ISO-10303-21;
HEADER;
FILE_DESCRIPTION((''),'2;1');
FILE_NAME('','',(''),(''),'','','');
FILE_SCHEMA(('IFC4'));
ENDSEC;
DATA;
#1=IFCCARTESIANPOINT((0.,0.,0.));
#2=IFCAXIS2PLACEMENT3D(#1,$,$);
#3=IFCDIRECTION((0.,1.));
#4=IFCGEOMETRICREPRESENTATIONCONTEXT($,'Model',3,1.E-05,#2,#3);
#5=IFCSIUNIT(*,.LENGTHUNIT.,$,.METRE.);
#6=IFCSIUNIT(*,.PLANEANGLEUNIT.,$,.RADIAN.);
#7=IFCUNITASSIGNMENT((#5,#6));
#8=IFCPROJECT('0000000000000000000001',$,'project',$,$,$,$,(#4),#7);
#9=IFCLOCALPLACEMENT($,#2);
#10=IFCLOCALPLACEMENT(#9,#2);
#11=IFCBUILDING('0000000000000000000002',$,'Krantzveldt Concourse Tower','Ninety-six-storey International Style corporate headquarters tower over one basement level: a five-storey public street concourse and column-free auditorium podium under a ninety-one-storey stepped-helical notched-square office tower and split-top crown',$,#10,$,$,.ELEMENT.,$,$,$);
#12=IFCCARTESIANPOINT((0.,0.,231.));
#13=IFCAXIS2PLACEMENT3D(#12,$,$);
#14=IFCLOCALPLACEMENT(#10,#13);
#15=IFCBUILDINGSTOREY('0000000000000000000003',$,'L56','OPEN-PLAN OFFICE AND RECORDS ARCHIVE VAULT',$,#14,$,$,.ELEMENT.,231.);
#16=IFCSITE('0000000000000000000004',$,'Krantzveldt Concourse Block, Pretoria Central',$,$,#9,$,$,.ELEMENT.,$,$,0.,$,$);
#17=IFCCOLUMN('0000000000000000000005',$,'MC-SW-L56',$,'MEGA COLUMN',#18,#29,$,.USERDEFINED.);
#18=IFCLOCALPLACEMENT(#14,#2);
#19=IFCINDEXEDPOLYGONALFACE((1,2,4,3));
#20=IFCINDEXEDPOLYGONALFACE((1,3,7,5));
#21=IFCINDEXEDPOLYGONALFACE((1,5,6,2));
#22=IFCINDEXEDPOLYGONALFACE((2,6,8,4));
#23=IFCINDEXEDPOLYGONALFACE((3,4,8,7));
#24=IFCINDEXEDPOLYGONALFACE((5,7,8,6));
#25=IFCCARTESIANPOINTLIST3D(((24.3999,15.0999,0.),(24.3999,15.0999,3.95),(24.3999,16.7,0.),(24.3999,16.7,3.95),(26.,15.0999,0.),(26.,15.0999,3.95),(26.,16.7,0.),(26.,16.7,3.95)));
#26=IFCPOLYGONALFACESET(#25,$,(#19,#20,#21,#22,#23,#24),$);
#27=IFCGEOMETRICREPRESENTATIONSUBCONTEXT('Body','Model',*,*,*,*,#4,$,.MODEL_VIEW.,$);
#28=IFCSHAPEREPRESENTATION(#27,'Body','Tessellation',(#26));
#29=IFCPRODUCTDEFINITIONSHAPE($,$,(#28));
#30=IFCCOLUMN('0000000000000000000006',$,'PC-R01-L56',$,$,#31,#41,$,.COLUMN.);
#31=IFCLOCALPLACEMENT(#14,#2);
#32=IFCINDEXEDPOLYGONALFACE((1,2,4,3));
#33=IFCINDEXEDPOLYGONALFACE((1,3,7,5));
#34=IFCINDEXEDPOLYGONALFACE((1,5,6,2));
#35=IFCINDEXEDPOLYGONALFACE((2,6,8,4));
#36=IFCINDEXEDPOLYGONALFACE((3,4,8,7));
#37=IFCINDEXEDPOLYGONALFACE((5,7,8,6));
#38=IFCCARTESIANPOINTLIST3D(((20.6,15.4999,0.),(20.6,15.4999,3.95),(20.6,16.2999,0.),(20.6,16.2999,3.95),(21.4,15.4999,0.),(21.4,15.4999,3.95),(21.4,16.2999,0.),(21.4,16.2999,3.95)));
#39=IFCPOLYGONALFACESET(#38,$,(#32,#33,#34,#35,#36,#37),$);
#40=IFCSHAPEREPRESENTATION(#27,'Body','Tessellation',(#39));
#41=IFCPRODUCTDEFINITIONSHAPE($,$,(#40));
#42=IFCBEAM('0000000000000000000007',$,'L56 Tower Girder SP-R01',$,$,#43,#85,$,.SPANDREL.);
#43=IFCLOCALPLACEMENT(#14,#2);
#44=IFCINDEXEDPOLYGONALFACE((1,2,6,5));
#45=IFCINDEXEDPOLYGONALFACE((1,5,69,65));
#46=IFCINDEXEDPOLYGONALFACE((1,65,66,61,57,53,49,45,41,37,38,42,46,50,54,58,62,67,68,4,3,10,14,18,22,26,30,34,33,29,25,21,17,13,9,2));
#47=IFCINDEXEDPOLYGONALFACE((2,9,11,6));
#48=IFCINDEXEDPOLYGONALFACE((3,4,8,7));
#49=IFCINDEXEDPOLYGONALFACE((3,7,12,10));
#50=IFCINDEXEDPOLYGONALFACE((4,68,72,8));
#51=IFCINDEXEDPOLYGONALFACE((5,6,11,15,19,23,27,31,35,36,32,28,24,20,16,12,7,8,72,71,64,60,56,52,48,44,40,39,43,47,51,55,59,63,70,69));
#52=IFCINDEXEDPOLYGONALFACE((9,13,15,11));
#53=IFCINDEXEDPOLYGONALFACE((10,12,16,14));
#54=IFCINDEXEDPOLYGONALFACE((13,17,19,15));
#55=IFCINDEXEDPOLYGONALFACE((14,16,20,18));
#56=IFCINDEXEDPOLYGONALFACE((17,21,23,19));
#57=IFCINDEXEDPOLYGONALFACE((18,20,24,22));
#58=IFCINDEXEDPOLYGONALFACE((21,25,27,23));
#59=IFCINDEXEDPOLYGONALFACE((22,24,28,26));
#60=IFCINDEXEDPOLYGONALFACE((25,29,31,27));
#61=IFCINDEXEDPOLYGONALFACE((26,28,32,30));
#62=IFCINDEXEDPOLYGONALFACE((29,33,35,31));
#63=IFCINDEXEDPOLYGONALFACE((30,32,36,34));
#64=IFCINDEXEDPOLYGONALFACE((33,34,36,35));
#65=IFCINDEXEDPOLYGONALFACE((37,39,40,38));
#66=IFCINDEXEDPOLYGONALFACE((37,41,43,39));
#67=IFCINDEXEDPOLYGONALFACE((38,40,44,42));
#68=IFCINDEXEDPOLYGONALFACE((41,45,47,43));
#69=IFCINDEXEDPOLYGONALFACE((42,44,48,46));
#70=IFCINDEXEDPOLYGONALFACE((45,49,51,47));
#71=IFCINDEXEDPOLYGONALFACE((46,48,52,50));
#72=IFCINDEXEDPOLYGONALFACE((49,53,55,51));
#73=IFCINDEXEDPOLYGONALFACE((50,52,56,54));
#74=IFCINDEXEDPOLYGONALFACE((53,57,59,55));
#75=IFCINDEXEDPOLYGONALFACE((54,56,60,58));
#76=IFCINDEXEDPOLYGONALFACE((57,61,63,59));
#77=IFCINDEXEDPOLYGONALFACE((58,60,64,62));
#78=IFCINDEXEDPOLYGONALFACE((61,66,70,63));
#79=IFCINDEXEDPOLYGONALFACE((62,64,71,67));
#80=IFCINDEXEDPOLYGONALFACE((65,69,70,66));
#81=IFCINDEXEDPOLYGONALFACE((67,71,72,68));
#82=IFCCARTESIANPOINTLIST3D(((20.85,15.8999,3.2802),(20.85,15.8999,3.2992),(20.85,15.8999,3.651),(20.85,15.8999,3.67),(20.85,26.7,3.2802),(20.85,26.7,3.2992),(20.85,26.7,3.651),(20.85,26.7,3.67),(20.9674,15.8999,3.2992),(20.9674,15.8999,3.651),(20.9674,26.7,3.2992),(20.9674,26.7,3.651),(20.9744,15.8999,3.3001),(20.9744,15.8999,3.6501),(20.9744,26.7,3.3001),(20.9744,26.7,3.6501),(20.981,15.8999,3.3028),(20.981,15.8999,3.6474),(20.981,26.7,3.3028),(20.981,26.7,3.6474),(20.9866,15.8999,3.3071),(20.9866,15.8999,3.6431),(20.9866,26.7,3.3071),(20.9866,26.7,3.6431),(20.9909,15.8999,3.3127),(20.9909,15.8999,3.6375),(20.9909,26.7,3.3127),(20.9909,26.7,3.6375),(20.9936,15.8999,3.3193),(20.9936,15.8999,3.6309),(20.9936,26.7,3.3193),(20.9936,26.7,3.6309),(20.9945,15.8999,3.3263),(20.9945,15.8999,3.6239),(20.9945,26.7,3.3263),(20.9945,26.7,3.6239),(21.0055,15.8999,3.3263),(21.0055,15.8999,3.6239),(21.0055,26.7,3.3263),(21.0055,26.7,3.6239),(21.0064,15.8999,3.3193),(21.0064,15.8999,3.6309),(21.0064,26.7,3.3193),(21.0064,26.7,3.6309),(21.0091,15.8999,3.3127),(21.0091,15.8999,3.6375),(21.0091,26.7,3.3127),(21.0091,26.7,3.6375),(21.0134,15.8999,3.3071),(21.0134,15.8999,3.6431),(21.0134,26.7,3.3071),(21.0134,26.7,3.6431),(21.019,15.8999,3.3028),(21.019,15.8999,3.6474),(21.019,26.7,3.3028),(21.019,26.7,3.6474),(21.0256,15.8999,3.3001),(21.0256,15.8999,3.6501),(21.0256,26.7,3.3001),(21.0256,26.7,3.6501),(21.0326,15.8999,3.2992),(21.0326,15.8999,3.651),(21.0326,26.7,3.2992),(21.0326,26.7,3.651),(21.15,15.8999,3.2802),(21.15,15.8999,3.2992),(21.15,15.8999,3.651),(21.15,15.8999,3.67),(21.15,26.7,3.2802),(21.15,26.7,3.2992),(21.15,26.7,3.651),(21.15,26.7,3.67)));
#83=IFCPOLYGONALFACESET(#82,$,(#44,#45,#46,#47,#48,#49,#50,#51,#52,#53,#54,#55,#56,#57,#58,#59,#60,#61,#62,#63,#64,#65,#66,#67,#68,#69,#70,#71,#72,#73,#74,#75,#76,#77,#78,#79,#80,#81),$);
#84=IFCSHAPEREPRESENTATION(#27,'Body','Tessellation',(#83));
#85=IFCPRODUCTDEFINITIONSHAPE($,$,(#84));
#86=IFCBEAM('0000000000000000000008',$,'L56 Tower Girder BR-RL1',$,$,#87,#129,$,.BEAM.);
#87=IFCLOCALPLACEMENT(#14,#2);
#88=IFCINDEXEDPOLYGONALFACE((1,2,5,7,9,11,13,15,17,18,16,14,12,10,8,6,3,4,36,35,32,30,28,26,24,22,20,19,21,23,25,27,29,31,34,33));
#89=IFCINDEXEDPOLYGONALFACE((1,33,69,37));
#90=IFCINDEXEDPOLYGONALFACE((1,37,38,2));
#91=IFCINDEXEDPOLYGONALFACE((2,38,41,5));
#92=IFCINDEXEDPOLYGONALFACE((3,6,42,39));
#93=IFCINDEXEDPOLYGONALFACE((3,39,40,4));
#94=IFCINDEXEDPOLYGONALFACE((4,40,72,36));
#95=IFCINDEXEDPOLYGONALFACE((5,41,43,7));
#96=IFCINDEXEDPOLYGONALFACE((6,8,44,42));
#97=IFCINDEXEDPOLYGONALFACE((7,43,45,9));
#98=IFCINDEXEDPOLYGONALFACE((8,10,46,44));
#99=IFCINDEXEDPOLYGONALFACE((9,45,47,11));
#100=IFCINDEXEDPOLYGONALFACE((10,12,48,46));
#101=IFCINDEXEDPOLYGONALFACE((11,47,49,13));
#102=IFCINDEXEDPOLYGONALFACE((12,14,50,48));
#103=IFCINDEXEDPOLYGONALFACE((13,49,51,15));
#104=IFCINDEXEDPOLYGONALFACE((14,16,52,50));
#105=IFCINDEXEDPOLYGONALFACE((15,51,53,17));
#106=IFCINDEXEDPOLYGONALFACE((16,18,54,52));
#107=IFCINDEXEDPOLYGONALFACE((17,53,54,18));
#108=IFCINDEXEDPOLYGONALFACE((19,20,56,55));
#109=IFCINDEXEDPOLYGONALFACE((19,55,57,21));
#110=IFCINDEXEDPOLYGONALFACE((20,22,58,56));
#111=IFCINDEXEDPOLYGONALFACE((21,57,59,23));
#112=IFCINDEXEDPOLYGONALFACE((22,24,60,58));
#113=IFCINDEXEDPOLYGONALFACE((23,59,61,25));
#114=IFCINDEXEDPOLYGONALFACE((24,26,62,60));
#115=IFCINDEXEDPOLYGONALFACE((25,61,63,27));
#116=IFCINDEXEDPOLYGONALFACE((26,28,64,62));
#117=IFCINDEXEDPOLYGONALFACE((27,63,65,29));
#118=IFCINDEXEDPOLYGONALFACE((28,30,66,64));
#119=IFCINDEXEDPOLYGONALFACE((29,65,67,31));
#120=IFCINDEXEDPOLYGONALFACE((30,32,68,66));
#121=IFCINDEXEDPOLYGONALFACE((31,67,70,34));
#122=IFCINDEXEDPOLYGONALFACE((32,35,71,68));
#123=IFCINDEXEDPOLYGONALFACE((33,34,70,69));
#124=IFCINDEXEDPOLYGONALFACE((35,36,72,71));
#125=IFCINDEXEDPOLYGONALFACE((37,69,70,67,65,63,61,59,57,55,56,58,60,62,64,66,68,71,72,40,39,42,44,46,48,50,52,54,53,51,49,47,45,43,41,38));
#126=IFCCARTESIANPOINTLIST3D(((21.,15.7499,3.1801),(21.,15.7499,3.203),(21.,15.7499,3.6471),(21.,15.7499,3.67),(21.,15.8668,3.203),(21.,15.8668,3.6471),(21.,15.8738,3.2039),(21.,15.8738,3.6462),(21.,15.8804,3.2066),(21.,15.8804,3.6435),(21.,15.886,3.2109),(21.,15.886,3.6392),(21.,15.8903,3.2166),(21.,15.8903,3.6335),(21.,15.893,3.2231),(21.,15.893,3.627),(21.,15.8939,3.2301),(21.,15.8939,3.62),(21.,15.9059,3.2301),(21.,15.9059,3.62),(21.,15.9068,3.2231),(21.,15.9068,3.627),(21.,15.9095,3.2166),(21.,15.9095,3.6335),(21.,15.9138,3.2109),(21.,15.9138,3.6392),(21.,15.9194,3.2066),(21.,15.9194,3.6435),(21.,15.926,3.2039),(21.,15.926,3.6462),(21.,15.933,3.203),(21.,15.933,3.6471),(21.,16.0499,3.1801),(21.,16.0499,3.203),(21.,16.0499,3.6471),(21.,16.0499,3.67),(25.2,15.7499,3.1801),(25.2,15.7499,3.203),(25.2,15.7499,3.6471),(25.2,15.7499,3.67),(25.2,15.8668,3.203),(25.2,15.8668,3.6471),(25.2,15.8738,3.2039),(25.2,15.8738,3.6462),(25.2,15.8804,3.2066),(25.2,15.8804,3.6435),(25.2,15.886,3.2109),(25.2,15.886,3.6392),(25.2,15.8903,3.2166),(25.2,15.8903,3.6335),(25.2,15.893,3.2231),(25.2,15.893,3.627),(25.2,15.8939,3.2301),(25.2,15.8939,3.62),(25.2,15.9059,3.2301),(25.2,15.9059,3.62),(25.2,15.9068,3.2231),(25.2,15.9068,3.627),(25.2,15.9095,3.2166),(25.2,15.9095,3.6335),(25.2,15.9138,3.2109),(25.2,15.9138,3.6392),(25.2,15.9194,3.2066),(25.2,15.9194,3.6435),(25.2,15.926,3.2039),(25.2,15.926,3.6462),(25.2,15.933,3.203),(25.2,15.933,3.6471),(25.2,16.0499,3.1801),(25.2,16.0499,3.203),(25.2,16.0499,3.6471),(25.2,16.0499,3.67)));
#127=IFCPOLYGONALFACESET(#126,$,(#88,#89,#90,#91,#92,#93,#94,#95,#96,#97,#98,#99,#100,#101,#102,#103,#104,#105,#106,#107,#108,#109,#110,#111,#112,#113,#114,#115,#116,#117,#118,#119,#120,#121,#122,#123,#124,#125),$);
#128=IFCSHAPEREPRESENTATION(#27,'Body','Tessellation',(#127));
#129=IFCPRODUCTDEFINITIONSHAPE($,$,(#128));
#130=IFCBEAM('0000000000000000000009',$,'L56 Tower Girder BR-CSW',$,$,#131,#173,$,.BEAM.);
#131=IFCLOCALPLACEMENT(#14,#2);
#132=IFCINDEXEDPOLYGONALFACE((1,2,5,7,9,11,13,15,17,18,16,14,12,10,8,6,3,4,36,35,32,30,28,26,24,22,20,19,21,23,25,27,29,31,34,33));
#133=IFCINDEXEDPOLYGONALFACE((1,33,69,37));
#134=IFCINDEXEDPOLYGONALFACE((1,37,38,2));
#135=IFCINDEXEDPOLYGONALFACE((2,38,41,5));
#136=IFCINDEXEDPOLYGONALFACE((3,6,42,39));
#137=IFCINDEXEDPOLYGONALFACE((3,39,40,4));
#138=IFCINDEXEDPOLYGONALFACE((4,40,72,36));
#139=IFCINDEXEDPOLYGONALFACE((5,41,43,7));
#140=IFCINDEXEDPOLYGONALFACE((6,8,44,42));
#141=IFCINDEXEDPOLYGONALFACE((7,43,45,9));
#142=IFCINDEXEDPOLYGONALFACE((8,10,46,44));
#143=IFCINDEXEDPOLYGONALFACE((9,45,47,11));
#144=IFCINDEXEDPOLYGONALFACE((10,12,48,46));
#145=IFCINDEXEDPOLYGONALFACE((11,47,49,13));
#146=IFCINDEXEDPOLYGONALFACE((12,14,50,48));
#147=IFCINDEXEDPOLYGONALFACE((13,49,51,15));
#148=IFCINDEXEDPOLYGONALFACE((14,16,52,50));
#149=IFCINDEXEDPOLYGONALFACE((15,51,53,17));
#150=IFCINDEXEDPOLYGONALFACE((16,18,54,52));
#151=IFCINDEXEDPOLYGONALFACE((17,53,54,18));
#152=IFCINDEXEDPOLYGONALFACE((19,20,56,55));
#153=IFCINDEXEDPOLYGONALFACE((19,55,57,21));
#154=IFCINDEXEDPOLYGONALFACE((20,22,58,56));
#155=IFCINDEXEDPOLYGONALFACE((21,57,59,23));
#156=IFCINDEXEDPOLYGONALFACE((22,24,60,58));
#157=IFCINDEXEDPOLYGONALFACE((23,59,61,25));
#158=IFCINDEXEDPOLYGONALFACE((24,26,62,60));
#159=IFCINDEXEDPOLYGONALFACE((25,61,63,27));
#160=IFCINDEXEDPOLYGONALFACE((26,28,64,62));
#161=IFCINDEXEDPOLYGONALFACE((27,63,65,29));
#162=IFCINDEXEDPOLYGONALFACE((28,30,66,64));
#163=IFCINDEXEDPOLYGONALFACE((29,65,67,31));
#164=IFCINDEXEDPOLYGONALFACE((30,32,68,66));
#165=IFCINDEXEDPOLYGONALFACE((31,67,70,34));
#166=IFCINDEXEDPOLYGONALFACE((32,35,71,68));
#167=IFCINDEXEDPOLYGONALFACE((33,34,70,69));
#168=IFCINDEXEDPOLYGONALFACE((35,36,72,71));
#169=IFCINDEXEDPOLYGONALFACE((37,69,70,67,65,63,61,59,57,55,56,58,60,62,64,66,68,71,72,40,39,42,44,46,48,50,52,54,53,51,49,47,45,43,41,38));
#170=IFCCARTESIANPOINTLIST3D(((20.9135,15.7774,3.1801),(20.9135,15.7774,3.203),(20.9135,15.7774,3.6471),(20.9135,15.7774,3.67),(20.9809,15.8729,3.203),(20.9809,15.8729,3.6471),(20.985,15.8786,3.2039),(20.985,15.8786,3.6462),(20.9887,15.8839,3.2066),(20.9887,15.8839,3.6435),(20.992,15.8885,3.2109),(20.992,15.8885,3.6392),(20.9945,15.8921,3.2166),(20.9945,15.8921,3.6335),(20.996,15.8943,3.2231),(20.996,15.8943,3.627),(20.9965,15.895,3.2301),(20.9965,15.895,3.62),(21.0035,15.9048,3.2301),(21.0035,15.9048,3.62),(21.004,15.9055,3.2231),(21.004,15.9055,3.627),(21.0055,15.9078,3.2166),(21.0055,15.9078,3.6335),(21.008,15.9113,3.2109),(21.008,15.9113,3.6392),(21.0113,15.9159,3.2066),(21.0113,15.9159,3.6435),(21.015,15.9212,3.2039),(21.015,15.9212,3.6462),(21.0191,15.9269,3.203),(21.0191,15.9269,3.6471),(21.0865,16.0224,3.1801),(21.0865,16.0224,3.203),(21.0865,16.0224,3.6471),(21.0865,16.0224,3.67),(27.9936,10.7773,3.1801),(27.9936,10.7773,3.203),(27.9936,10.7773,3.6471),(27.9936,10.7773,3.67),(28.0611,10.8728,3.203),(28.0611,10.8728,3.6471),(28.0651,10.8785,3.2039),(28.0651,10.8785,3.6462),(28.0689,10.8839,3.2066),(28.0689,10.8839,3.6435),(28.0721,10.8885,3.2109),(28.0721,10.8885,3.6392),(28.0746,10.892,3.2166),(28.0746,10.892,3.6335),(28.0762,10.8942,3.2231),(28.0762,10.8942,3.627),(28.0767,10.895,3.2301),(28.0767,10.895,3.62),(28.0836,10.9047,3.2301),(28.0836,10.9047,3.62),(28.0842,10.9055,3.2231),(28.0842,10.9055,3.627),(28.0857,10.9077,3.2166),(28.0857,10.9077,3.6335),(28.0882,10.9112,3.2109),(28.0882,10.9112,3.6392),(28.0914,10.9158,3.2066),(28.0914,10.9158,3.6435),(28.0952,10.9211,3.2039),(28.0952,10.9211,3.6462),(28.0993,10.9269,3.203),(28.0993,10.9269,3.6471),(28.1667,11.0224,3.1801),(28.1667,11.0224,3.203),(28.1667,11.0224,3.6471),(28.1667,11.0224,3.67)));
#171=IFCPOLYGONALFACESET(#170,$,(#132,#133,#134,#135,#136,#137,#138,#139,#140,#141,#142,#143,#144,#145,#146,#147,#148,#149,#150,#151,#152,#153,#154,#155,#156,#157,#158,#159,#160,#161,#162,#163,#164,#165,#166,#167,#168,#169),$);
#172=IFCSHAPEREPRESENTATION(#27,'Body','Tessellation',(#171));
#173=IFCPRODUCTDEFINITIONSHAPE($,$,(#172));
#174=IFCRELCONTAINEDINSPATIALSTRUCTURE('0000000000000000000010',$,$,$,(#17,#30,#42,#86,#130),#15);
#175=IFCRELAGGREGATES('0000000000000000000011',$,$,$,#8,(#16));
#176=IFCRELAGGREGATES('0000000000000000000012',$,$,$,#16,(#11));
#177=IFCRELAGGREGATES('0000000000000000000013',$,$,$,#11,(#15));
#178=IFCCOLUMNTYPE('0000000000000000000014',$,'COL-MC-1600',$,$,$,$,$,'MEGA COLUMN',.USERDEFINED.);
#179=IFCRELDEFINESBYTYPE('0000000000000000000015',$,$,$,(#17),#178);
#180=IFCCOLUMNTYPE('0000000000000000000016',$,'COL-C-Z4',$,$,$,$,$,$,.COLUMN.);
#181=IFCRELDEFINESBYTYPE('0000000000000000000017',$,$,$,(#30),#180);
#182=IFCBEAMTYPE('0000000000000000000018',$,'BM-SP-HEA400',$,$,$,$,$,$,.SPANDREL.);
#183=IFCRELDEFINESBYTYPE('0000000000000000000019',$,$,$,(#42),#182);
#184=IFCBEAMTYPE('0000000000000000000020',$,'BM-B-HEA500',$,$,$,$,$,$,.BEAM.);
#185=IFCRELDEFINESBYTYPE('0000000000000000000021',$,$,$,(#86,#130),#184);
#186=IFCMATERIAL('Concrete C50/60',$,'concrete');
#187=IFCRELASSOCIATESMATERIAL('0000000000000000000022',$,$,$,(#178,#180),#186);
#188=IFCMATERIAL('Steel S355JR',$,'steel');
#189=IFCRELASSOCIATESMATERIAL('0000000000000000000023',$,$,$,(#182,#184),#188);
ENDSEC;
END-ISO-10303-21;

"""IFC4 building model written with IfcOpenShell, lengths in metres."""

from ifc_helpers import new_model, si_unit, direction, frame, origin, origin_2d, place, context, subcontext, project, spatial, rectangle, i_section, extrude, source, transform, mapped, material, material_profile, profile_set, type_object, type_shapes, element, save


model = new_model("IFC4")

# Units and contexts
model_context = context("Model", 3, precision=1e-05, world=origin(), true_north=direction((0.0, 1.0)))
body_context = subcontext(model_context, "Body", "Model", "MODEL_VIEW")
ifc_project = project(units=[si_unit("LENGTHUNIT", "METRE"), si_unit("PLANEANGLEUNIT", "RADIAN")], contexts=[model_context])

# Site, building, storey
site_placement = place(None, origin())
site = spatial("IfcSite", under=ifc_project, at=site_placement, Name="Krantzveldt Concourse Block, Pretoria Central", CompositionType="ELEMENT", RefElevation=0.0)
building_placement = place(site_placement, origin())
building = spatial("IfcBuilding", under=site, at=building_placement, Name="Krantzveldt Concourse Tower", Description="Ninety-six-storey International Style corporate headquarters tower over one basement level: a five-storey public street concourse and column-free auditorium podium under a ninety-one-storey stepped-helical notched-square office tower and split-top crown", CompositionType="ELEMENT")
storey_placement = place(building_placement, frame((0.0, 0.0, 231.0)))
storey = spatial("IfcBuildingStorey", under=building, at=storey_placement, Name="L56", Description="OPEN-PLAN OFFICE AND RECORDS ARCHIVE VAULT", CompositionType="ELEMENT", Elevation=231.0)

# Columns
ifc_material_1 = material(Name="Concrete C50/60", Category="concrete")
ifc_material_profile_1 = material_profile(ifc_material_1, rectangle(XDim=1.6001, YDim=1.6001, at=origin_2d()), Name="Concrete C50/60", Category="concrete")
ifc_profile_set_1 = profile_set([ifc_material_profile_1], Name="Concrete C50/60 - RC 1600x1600")
column_type_1 = type_object("IfcColumnType", Name="COL-MC-1600", ElementType="MEGA COLUMN", PredefinedType="USERDEFINED", material=ifc_profile_set_1)
shared_shape_1 = source(origin(), body_context, "Body", "SweptSolid", [
    extrude(rectangle(XDim=1.6001, YDim=1.6001, at=origin_2d()), origin(), (0.0, 0.0, 1.0), 3.95),
])
type_shapes(column_type_1, [shared_shape_1])
column_1_placement = place(storey_placement, frame((25.2, 15.8999, 0.0), z_axis=(0.0, 0.0, 1.0), x_axis=(1.0, 0.0, 0.0)))
element("IfcColumn", 1, at=column_1_placement, inside=storey, type_object=column_type_1, Name="MC-SW-L56", ObjectType="MEGA COLUMN", PredefinedType="USERDEFINED", context=body_context, shape_type="MappedRepresentation", body=[
    mapped(shared_shape_1, transform((0.0, 0.0, 0.0), x_axis=(1.0, 0.0, 0.0), y_axis=(0.0, 1.0, 0.0), z_axis=(0.0, 0.0, 1.0), scale=1.0)),
])
ifc_material_profile_2 = material_profile(ifc_material_1, rectangle(XDim=0.8, YDim=0.8, at=origin_2d()), Name="Concrete C50/60", Category="concrete")
ifc_profile_set_2 = profile_set([ifc_material_profile_2], Name="Concrete C50/60 - RC 800x800")
column_type_2 = type_object("IfcColumnType", Name="COL-C-Z4", PredefinedType="COLUMN", material=ifc_profile_set_2)
shared_shape_2 = source(origin(), body_context, "Body", "SweptSolid", [
    extrude(rectangle(XDim=0.8, YDim=0.8, at=origin_2d()), origin(), (0.0, 0.0, 1.0), 3.95),
])
type_shapes(column_type_2, [shared_shape_2])
column_2_placement = place(storey_placement, frame((21.0, 15.8999, 0.0), z_axis=(0.0, 0.0, 1.0), x_axis=(1.0, 0.0, 0.0)))
element("IfcColumn", 2, at=column_2_placement, inside=storey, type_object=column_type_2, Name="PC-R01-L56", PredefinedType="COLUMN", context=body_context, shape_type="MappedRepresentation", body=[
    mapped(shared_shape_2, transform((0.0, 0.0, 0.0), x_axis=(1.0, 0.0, 0.0), y_axis=(0.0, 1.0, 0.0), z_axis=(0.0, 0.0, 1.0), scale=1.0)),
])

# Beams
ifc_material_2 = material(Name="Steel S355JR", Category="steel")
ifc_material_profile_3 = material_profile(ifc_material_2, i_section(OverallWidth=0.3, OverallDepth=0.3899, WebThickness=0.011, FlangeThickness=0.019, FilletRadius=0.0271, at=origin_2d()), Name="Steel S355JR", Category="steel")
ifc_profile_set_3 = profile_set([ifc_material_profile_3], Name="Steel S355JR - HEA 400")
beam_type_1 = type_object("IfcBeamType", Name="BM-SP-HEA400", PredefinedType="SPANDREL", material=ifc_profile_set_3)
shared_shape_3 = source(origin(), body_context, "Body", "SweptSolid", [
    extrude(i_section(OverallWidth=0.3, OverallDepth=0.3899, WebThickness=0.011, FlangeThickness=0.019, FilletRadius=0.0271, at=origin_2d()), origin(), (0.0, 0.0, 1.0), 10.8),
])
type_shapes(beam_type_1, [shared_shape_3])
beam_1_placement = place(storey_placement, frame((21.0, 15.8999, 3.4751), z_axis=(0.0, 1.0, 0.0), x_axis=(-1.0, 0.0, 0.0)))
element("IfcBeam", 3, at=beam_1_placement, inside=storey, type_object=beam_type_1, Name="L56 Tower Girder SP-R01", PredefinedType="SPANDREL", context=body_context, shape_type="MappedRepresentation", body=[
    mapped(shared_shape_3, transform((0.0, 0.0, 0.0), x_axis=(1.0, 0.0, 0.0), y_axis=(0.0, 1.0, 0.0), z_axis=(0.0, 0.0, 1.0), scale=1.0)),
])
ifc_material_profile_4 = material_profile(ifc_material_2, i_section(OverallWidth=0.3, OverallDepth=0.49, WebThickness=0.012, FlangeThickness=0.0229, FilletRadius=0.0271, at=origin_2d()), Name="Steel S355JR", Category="steel")
ifc_profile_set_4 = profile_set([ifc_material_profile_4], Name="Steel S355JR - HEA 500")
beam_type_2 = type_object("IfcBeamType", Name="BM-B-HEA500", PredefinedType="BEAM", material=ifc_profile_set_4)
shared_shape_4 = source(origin(), body_context, "Body", "SweptSolid", [
    extrude(i_section(OverallWidth=0.3, OverallDepth=0.49, WebThickness=0.012, FlangeThickness=0.0229, FilletRadius=0.0271, at=origin_2d()), origin(), (0.0, 0.0, 1.0), 4.2),
])
beam_2_placement = place(storey_placement, frame((21.0, 15.8999, 3.425), z_axis=(1.0, 0.0, 0.0), x_axis=(0.0, 1.0, 0.0)))
element("IfcBeam", 4, at=beam_2_placement, inside=storey, type_object=beam_type_2, Name="L56 Tower Girder BR-RL1", PredefinedType="BEAM", context=body_context, shape_type="MappedRepresentation", body=[
    mapped(shared_shape_4, transform((0.0, 0.0, 0.0), x_axis=(1.0, 0.0, 0.0), y_axis=(0.0, 1.0, 0.0), z_axis=(0.0, 0.0, 1.0), scale=1.0)),
])
shared_shape_5 = source(origin(), body_context, "Body", "SweptSolid", [
    extrude(i_section(OverallWidth=0.3, OverallDepth=0.49, WebThickness=0.012, FlangeThickness=0.0229, FilletRadius=0.0271, at=origin_2d()), origin(), (0.0, 0.0, 1.0), 8.6677),
])
type_shapes(beam_type_2, [shared_shape_4, shared_shape_5])
beam_3_placement = place(storey_placement, frame((21.0, 15.8999, 3.425), z_axis=(0.816843, -0.57686, 0.0), x_axis=(0.57686, 0.816843, 0.0)))
element("IfcBeam", 5, at=beam_3_placement, inside=storey, type_object=beam_type_2, Name="L56 Tower Girder BR-CSW", PredefinedType="BEAM", context=body_context, shape_type="MappedRepresentation", body=[
    mapped(shared_shape_5, transform((0.0, 0.0, 0.0), x_axis=(1.0, 0.0, 0.0), y_axis=(0.0, 1.0, 0.0), z_axis=(0.0, 0.0, 1.0), scale=1.0)),
])

save(model, "model.ifc")
